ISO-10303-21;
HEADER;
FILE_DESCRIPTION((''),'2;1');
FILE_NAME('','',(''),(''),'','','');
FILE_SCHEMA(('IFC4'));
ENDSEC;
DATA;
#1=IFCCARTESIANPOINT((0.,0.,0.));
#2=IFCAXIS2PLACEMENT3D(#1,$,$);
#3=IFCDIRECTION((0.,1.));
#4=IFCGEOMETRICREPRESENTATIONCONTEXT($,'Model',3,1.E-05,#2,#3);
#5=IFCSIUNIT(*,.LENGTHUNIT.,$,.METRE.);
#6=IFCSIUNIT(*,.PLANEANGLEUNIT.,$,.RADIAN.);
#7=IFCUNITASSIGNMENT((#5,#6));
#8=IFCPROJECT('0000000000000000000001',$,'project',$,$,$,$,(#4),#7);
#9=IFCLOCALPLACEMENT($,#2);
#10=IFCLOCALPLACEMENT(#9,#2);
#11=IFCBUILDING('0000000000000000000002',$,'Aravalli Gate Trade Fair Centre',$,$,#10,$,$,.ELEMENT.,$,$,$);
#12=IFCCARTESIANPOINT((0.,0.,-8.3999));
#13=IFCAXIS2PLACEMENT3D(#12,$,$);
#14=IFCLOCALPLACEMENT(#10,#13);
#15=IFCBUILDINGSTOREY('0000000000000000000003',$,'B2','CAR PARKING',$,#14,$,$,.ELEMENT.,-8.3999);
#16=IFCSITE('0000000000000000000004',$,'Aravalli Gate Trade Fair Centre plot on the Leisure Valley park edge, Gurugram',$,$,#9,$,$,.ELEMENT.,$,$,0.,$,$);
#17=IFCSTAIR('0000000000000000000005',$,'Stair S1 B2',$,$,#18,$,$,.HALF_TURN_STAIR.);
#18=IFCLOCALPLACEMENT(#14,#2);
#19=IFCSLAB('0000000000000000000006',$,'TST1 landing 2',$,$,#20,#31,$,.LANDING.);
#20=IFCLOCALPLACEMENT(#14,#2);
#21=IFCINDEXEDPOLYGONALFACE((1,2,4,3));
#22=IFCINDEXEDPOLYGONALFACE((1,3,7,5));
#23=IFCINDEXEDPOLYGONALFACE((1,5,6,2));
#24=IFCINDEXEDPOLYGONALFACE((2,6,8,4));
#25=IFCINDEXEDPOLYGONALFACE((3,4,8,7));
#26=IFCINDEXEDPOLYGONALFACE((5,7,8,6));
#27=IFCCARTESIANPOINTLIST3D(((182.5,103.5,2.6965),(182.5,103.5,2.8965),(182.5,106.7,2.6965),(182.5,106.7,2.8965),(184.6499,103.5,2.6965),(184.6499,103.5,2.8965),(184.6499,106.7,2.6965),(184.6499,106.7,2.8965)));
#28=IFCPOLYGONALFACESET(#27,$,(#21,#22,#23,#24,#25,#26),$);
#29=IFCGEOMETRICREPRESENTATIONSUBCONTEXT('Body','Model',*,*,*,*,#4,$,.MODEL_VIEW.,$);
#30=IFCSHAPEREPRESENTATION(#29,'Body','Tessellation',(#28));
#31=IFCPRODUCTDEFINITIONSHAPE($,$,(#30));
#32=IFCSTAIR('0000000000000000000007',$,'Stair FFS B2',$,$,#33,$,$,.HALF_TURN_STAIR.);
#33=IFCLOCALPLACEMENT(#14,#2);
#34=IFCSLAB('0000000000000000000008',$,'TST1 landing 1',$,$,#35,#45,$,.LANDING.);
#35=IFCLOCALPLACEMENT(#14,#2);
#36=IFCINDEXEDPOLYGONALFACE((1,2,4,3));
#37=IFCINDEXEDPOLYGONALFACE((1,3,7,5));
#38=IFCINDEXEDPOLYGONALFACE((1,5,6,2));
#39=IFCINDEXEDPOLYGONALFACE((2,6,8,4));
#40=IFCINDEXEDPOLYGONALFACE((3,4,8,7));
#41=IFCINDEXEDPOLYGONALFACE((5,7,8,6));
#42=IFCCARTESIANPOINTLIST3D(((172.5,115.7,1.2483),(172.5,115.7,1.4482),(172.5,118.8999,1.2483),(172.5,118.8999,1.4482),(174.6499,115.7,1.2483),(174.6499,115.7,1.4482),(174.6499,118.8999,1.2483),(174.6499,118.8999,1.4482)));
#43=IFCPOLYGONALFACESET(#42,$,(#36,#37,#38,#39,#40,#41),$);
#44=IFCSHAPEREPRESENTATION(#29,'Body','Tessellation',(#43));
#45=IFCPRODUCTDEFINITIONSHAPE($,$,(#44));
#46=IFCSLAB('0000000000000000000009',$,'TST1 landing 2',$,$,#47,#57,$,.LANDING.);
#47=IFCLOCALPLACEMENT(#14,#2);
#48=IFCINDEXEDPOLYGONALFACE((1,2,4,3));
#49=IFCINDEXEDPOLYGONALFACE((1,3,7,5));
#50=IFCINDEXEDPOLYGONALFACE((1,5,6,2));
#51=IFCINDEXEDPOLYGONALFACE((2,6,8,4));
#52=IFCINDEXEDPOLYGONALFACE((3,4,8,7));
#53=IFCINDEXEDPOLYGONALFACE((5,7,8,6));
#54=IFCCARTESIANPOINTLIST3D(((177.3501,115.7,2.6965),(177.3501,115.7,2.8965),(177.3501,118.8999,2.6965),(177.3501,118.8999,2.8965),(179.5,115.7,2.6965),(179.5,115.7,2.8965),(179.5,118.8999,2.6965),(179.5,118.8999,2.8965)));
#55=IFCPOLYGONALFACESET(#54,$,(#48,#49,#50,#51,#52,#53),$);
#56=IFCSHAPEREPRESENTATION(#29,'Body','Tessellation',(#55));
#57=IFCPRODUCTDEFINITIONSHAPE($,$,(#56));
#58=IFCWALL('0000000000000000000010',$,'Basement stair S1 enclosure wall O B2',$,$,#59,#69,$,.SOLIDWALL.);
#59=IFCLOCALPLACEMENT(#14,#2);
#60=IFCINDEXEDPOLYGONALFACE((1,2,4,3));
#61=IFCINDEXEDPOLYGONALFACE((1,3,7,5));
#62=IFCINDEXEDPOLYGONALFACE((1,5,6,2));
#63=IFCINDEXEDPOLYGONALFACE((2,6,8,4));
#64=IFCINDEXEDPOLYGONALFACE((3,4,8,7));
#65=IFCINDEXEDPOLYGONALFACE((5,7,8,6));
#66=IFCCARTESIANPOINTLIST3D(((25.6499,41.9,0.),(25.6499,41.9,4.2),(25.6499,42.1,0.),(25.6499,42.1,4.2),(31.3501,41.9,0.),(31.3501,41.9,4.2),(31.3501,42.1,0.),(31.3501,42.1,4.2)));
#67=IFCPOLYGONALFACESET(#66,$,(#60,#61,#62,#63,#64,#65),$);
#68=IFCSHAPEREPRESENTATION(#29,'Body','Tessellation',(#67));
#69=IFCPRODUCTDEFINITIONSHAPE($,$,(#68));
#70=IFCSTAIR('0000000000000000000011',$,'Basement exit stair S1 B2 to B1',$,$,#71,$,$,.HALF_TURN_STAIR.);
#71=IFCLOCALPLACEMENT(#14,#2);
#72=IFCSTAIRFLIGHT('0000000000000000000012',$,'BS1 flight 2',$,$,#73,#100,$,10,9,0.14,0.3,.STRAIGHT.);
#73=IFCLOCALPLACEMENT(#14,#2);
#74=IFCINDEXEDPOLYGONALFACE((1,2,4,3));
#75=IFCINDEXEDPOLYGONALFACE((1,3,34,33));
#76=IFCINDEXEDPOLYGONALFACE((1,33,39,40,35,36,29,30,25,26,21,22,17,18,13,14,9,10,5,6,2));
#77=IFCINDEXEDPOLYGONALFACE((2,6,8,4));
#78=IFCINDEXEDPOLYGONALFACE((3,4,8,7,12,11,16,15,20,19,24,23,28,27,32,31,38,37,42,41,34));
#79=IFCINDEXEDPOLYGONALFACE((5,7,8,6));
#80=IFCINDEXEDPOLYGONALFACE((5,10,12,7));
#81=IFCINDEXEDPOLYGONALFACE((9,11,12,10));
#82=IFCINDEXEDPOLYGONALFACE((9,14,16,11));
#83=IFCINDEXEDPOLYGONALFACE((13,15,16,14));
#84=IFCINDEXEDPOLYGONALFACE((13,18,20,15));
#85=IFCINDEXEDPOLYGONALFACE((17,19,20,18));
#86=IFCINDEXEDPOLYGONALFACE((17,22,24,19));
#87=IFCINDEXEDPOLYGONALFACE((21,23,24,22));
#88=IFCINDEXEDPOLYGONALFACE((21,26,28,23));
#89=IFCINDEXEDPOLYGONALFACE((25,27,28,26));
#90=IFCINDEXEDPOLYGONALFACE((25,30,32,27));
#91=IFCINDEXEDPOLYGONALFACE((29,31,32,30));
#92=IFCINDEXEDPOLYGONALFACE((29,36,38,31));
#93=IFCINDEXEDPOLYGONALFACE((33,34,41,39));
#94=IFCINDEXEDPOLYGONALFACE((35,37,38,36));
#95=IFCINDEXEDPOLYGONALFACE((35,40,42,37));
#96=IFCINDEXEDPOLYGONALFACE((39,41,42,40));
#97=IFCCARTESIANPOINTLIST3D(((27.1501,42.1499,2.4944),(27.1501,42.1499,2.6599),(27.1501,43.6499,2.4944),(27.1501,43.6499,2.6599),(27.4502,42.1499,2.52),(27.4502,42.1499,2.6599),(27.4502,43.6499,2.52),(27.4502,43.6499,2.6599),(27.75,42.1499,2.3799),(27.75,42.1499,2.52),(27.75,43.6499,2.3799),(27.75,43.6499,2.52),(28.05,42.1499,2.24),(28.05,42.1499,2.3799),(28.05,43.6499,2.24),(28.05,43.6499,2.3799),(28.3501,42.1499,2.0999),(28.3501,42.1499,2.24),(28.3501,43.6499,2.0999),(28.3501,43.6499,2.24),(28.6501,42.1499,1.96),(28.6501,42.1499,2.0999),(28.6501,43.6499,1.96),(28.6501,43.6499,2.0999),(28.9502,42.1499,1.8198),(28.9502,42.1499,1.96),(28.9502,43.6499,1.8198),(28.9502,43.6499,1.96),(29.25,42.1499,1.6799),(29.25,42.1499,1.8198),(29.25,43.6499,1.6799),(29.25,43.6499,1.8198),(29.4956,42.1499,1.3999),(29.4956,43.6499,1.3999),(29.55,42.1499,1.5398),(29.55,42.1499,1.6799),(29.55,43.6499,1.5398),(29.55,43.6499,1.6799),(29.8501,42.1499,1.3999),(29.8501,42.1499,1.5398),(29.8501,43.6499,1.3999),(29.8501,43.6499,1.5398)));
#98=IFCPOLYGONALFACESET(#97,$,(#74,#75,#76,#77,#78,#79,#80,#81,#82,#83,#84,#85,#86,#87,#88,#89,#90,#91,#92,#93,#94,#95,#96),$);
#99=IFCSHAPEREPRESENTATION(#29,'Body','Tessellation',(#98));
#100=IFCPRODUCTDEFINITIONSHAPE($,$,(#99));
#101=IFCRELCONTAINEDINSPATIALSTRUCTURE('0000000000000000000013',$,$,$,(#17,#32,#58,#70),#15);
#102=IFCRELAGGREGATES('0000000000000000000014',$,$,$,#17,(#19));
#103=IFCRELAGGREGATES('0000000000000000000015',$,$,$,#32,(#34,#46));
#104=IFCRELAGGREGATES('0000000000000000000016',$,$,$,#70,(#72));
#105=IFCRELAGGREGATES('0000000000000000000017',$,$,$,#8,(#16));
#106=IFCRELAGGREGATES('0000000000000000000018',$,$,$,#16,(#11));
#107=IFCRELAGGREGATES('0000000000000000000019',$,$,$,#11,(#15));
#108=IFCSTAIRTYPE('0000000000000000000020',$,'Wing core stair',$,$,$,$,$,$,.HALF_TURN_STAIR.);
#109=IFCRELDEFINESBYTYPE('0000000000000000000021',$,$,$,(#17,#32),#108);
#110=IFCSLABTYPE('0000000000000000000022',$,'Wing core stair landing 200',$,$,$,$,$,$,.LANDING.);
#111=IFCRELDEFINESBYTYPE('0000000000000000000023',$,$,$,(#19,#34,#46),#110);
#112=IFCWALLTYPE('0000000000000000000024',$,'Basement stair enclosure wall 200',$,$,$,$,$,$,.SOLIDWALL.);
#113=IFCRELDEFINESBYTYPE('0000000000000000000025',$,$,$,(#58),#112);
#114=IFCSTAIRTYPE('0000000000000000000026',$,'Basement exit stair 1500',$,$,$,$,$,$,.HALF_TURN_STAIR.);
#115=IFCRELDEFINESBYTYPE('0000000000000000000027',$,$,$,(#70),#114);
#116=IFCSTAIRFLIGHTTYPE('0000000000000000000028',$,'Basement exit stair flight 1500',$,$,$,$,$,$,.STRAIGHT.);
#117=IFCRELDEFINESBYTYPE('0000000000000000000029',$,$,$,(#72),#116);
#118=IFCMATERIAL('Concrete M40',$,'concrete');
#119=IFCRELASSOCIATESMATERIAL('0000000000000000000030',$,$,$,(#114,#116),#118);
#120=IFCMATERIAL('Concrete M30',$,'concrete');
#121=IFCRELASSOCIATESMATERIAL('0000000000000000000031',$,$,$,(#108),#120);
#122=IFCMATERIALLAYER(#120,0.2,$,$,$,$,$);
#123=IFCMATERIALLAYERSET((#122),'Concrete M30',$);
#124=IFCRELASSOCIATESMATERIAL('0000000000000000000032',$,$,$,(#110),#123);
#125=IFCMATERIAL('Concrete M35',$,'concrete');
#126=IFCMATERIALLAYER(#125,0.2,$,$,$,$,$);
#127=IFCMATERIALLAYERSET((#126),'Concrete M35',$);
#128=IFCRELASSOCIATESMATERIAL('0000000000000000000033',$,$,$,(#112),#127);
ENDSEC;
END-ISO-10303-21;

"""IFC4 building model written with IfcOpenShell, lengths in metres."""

from ifc_helpers import new_model, si_unit, direction, frame, frame_2d, origin, place, context, subcontext, project, spatial, polyline, rectangle, outline, extrude, material, layer, layer_set, type_object, element, aggregate, save


model = new_model("IFC4")

# Units and contexts
model_context = context("Model", 3, precision=1e-05, world=origin(), true_north=direction((0.0, 1.0)))
body_context = subcontext(model_context, "Body", "Model", "MODEL_VIEW")
ifc_project = project(units=[si_unit("LENGTHUNIT", "METRE"), si_unit("PLANEANGLEUNIT", "RADIAN")], contexts=[model_context])

# Site, building, storey
site_placement = place(None, origin())
site = spatial("IfcSite", under=ifc_project, at=site_placement, Name="Aravalli Gate Trade Fair Centre plot on the Leisure Valley park edge, Gurugram", CompositionType="ELEMENT", RefElevation=0.0)
building_placement = place(site_placement, origin())
building = spatial("IfcBuilding", under=site, at=building_placement, Name="Aravalli Gate Trade Fair Centre", CompositionType="ELEMENT")
storey_placement = place(building_placement, frame((0.0, 0.0, -8.3999)))
storey = spatial("IfcBuildingStorey", under=building, at=storey_placement, Name="B2", Description="CAR PARKING", CompositionType="ELEMENT", Elevation=-8.3999)

# Shared definitions
ifc_material_1 = material(Name="Concrete M40", Category="concrete")
stair_type_1 = type_object("IfcStairType", Name="Basement exit stair 1500", PredefinedType="HALF_TURN_STAIR", material=ifc_material_1)
ifc_material_2 = material(Name="Concrete M35", Category="concrete")

# Stairs, slabs
ifc_material_3 = material(Name="Concrete M30", Category="concrete")
stair_type_2 = type_object("IfcStairType", Name="Wing core stair", PredefinedType="HALF_TURN_STAIR", material=ifc_material_3)
ifc_layer_1 = layer(ifc_material_3, 0.2)
ifc_layer_set_1 = layer_set([ifc_layer_1], Name="Concrete M30")
slab_type_1 = type_object("IfcSlabType", Name="Wing core stair landing 200", PredefinedType="LANDING", material=ifc_layer_set_1)
stair_1_placement = place(storey_placement, origin())
stair_1 = element("IfcStair", 1, at=stair_1_placement, inside=storey, type_object=stair_type_2, Name="Stair S1 B2", PredefinedType="HALF_TURN_STAIR")
slab_1_placement = place(storey_placement, frame((0.0, 0.0, 2.6965)))
slab_1 = element("IfcSlab", 2, at=slab_1_placement, type_object=slab_type_1, Name="TST1 landing 2", PredefinedType="LANDING", context=body_context, shape_type="SweptSolid", body=[
    extrude(outline(polyline([(182.5, 103.5), (184.6499, 103.5), (184.6499, 106.7), (182.5, 106.7), (182.5, 103.5)])), origin(), (0.0, 0.0, 1.0), 0.2),
])
aggregate(stair_1, [slab_1])
stair_2_placement = place(storey_placement, origin())
stair_2 = element("IfcStair", 3, at=stair_2_placement, inside=storey, type_object=stair_type_2, Name="Stair FFS B2", PredefinedType="HALF_TURN_STAIR")
slab_2_placement = place(storey_placement, frame((0.0, 0.0, 1.2483)))
slab_2 = element("IfcSlab", 4, at=slab_2_placement, type_object=slab_type_1, Name="TST1 landing 1", PredefinedType="LANDING", context=body_context, shape_type="SweptSolid", body=[
    extrude(outline(polyline([(172.5, 115.7), (174.6499, 115.7), (174.6499, 118.8999), (172.5, 118.8999), (172.5, 115.7)])), origin(), (0.0, 0.0, 1.0), 0.2),
])
slab_3_placement = place(storey_placement, frame((0.0, 0.0, 2.6965)))
slab_3 = element("IfcSlab", 5, at=slab_3_placement, type_object=slab_type_1, Name="TST1 landing 2", PredefinedType="LANDING", context=body_context, shape_type="SweptSolid", body=[
    extrude(outline(polyline([(177.3501, 115.7), (179.5, 115.7), (179.5, 118.8999), (177.3501, 118.8999), (177.3501, 115.7)])), origin(), (0.0, 0.0, 1.0), 0.2),
])
aggregate(stair_2, [slab_2, slab_3])

# Wall
ifc_layer_2 = layer(ifc_material_2, 0.2)
ifc_layer_set_2 = layer_set([ifc_layer_2], Name="Concrete M35")
wall_type = type_object("IfcWallType", Name="Basement stair enclosure wall 200", PredefinedType="SOLIDWALL", material=ifc_layer_set_2)
wall_placement = place(storey_placement, frame((25.6499, 42.0, 0.0), z_axis=(0.0, 0.0, 1.0), x_axis=(1.0, 0.0, 0.0)))
element("IfcWall", 6, at=wall_placement, inside=storey, type_object=wall_type, Name="Basement stair S1 enclosure wall O B2", PredefinedType="SOLIDWALL", context=body_context, shape_type="SweptSolid", body=[
    extrude(rectangle(XDim=5.7002, YDim=0.2, at=frame_2d((2.8501, 0.0))), origin(), (0.0, 0.0, 1.0), 4.2),
])

# Stair, stair flight
stair_3_placement = place(storey_placement, origin())
stair_3 = element("IfcStair", 7, at=stair_3_placement, inside=storey, type_object=stair_type_1, Name="Basement exit stair S1 B2 to B1", PredefinedType="HALF_TURN_STAIR")
stair_flight_type = type_object("IfcStairFlightType", Name="Basement exit stair flight 1500", PredefinedType="STRAIGHT", material=ifc_material_1)
stair_flight_placement = place(storey_placement, frame((29.8501, 42.8999, 1.3999), z_axis=(0.0, 0.0, 1.0), x_axis=(-1.0, 0.0, 0.0)))
stair_flight = element("IfcStairFlight", 8, at=stair_flight_placement, type_object=stair_flight_type, Name="BS1 flight 2", NumberOfRisers=10, NumberOfTreads=9, PredefinedType="STRAIGHT", RiserHeight=0.14, TreadLength=0.3, context=body_context, shape_type="SweptSolid", body=[
    extrude(outline(polyline([(0.0, 0.0), (0.0, 0.1399), (0.3, 0.1399), (0.3, 0.28), (0.6001, 0.28), (0.6001, 0.4199), (0.8999, 0.4199), (0.8999, 0.5601), (1.2, 0.5601), (1.2, 0.7), (1.5, 0.7), (1.5, 0.8401), (1.8, 0.8401), (1.8, 0.98), (2.1001, 0.98), (2.1001, 1.1201), (2.3999, 1.1201), (2.3999, 1.26), (2.7, 1.26), (2.7, 1.3999), (2.7, 1.0945), (0.3545, 0.0), (0.0, 0.0)])), frame((0.0, 0.75, 0.0), z_axis=(0.0, -1.0, 0.0), x_axis=(1.0, 0.0, 0.0)), (0.0, 0.0, 1.0), 1.5),
])
aggregate(stair_3, [stair_flight])

save(model, "model.ifc")
